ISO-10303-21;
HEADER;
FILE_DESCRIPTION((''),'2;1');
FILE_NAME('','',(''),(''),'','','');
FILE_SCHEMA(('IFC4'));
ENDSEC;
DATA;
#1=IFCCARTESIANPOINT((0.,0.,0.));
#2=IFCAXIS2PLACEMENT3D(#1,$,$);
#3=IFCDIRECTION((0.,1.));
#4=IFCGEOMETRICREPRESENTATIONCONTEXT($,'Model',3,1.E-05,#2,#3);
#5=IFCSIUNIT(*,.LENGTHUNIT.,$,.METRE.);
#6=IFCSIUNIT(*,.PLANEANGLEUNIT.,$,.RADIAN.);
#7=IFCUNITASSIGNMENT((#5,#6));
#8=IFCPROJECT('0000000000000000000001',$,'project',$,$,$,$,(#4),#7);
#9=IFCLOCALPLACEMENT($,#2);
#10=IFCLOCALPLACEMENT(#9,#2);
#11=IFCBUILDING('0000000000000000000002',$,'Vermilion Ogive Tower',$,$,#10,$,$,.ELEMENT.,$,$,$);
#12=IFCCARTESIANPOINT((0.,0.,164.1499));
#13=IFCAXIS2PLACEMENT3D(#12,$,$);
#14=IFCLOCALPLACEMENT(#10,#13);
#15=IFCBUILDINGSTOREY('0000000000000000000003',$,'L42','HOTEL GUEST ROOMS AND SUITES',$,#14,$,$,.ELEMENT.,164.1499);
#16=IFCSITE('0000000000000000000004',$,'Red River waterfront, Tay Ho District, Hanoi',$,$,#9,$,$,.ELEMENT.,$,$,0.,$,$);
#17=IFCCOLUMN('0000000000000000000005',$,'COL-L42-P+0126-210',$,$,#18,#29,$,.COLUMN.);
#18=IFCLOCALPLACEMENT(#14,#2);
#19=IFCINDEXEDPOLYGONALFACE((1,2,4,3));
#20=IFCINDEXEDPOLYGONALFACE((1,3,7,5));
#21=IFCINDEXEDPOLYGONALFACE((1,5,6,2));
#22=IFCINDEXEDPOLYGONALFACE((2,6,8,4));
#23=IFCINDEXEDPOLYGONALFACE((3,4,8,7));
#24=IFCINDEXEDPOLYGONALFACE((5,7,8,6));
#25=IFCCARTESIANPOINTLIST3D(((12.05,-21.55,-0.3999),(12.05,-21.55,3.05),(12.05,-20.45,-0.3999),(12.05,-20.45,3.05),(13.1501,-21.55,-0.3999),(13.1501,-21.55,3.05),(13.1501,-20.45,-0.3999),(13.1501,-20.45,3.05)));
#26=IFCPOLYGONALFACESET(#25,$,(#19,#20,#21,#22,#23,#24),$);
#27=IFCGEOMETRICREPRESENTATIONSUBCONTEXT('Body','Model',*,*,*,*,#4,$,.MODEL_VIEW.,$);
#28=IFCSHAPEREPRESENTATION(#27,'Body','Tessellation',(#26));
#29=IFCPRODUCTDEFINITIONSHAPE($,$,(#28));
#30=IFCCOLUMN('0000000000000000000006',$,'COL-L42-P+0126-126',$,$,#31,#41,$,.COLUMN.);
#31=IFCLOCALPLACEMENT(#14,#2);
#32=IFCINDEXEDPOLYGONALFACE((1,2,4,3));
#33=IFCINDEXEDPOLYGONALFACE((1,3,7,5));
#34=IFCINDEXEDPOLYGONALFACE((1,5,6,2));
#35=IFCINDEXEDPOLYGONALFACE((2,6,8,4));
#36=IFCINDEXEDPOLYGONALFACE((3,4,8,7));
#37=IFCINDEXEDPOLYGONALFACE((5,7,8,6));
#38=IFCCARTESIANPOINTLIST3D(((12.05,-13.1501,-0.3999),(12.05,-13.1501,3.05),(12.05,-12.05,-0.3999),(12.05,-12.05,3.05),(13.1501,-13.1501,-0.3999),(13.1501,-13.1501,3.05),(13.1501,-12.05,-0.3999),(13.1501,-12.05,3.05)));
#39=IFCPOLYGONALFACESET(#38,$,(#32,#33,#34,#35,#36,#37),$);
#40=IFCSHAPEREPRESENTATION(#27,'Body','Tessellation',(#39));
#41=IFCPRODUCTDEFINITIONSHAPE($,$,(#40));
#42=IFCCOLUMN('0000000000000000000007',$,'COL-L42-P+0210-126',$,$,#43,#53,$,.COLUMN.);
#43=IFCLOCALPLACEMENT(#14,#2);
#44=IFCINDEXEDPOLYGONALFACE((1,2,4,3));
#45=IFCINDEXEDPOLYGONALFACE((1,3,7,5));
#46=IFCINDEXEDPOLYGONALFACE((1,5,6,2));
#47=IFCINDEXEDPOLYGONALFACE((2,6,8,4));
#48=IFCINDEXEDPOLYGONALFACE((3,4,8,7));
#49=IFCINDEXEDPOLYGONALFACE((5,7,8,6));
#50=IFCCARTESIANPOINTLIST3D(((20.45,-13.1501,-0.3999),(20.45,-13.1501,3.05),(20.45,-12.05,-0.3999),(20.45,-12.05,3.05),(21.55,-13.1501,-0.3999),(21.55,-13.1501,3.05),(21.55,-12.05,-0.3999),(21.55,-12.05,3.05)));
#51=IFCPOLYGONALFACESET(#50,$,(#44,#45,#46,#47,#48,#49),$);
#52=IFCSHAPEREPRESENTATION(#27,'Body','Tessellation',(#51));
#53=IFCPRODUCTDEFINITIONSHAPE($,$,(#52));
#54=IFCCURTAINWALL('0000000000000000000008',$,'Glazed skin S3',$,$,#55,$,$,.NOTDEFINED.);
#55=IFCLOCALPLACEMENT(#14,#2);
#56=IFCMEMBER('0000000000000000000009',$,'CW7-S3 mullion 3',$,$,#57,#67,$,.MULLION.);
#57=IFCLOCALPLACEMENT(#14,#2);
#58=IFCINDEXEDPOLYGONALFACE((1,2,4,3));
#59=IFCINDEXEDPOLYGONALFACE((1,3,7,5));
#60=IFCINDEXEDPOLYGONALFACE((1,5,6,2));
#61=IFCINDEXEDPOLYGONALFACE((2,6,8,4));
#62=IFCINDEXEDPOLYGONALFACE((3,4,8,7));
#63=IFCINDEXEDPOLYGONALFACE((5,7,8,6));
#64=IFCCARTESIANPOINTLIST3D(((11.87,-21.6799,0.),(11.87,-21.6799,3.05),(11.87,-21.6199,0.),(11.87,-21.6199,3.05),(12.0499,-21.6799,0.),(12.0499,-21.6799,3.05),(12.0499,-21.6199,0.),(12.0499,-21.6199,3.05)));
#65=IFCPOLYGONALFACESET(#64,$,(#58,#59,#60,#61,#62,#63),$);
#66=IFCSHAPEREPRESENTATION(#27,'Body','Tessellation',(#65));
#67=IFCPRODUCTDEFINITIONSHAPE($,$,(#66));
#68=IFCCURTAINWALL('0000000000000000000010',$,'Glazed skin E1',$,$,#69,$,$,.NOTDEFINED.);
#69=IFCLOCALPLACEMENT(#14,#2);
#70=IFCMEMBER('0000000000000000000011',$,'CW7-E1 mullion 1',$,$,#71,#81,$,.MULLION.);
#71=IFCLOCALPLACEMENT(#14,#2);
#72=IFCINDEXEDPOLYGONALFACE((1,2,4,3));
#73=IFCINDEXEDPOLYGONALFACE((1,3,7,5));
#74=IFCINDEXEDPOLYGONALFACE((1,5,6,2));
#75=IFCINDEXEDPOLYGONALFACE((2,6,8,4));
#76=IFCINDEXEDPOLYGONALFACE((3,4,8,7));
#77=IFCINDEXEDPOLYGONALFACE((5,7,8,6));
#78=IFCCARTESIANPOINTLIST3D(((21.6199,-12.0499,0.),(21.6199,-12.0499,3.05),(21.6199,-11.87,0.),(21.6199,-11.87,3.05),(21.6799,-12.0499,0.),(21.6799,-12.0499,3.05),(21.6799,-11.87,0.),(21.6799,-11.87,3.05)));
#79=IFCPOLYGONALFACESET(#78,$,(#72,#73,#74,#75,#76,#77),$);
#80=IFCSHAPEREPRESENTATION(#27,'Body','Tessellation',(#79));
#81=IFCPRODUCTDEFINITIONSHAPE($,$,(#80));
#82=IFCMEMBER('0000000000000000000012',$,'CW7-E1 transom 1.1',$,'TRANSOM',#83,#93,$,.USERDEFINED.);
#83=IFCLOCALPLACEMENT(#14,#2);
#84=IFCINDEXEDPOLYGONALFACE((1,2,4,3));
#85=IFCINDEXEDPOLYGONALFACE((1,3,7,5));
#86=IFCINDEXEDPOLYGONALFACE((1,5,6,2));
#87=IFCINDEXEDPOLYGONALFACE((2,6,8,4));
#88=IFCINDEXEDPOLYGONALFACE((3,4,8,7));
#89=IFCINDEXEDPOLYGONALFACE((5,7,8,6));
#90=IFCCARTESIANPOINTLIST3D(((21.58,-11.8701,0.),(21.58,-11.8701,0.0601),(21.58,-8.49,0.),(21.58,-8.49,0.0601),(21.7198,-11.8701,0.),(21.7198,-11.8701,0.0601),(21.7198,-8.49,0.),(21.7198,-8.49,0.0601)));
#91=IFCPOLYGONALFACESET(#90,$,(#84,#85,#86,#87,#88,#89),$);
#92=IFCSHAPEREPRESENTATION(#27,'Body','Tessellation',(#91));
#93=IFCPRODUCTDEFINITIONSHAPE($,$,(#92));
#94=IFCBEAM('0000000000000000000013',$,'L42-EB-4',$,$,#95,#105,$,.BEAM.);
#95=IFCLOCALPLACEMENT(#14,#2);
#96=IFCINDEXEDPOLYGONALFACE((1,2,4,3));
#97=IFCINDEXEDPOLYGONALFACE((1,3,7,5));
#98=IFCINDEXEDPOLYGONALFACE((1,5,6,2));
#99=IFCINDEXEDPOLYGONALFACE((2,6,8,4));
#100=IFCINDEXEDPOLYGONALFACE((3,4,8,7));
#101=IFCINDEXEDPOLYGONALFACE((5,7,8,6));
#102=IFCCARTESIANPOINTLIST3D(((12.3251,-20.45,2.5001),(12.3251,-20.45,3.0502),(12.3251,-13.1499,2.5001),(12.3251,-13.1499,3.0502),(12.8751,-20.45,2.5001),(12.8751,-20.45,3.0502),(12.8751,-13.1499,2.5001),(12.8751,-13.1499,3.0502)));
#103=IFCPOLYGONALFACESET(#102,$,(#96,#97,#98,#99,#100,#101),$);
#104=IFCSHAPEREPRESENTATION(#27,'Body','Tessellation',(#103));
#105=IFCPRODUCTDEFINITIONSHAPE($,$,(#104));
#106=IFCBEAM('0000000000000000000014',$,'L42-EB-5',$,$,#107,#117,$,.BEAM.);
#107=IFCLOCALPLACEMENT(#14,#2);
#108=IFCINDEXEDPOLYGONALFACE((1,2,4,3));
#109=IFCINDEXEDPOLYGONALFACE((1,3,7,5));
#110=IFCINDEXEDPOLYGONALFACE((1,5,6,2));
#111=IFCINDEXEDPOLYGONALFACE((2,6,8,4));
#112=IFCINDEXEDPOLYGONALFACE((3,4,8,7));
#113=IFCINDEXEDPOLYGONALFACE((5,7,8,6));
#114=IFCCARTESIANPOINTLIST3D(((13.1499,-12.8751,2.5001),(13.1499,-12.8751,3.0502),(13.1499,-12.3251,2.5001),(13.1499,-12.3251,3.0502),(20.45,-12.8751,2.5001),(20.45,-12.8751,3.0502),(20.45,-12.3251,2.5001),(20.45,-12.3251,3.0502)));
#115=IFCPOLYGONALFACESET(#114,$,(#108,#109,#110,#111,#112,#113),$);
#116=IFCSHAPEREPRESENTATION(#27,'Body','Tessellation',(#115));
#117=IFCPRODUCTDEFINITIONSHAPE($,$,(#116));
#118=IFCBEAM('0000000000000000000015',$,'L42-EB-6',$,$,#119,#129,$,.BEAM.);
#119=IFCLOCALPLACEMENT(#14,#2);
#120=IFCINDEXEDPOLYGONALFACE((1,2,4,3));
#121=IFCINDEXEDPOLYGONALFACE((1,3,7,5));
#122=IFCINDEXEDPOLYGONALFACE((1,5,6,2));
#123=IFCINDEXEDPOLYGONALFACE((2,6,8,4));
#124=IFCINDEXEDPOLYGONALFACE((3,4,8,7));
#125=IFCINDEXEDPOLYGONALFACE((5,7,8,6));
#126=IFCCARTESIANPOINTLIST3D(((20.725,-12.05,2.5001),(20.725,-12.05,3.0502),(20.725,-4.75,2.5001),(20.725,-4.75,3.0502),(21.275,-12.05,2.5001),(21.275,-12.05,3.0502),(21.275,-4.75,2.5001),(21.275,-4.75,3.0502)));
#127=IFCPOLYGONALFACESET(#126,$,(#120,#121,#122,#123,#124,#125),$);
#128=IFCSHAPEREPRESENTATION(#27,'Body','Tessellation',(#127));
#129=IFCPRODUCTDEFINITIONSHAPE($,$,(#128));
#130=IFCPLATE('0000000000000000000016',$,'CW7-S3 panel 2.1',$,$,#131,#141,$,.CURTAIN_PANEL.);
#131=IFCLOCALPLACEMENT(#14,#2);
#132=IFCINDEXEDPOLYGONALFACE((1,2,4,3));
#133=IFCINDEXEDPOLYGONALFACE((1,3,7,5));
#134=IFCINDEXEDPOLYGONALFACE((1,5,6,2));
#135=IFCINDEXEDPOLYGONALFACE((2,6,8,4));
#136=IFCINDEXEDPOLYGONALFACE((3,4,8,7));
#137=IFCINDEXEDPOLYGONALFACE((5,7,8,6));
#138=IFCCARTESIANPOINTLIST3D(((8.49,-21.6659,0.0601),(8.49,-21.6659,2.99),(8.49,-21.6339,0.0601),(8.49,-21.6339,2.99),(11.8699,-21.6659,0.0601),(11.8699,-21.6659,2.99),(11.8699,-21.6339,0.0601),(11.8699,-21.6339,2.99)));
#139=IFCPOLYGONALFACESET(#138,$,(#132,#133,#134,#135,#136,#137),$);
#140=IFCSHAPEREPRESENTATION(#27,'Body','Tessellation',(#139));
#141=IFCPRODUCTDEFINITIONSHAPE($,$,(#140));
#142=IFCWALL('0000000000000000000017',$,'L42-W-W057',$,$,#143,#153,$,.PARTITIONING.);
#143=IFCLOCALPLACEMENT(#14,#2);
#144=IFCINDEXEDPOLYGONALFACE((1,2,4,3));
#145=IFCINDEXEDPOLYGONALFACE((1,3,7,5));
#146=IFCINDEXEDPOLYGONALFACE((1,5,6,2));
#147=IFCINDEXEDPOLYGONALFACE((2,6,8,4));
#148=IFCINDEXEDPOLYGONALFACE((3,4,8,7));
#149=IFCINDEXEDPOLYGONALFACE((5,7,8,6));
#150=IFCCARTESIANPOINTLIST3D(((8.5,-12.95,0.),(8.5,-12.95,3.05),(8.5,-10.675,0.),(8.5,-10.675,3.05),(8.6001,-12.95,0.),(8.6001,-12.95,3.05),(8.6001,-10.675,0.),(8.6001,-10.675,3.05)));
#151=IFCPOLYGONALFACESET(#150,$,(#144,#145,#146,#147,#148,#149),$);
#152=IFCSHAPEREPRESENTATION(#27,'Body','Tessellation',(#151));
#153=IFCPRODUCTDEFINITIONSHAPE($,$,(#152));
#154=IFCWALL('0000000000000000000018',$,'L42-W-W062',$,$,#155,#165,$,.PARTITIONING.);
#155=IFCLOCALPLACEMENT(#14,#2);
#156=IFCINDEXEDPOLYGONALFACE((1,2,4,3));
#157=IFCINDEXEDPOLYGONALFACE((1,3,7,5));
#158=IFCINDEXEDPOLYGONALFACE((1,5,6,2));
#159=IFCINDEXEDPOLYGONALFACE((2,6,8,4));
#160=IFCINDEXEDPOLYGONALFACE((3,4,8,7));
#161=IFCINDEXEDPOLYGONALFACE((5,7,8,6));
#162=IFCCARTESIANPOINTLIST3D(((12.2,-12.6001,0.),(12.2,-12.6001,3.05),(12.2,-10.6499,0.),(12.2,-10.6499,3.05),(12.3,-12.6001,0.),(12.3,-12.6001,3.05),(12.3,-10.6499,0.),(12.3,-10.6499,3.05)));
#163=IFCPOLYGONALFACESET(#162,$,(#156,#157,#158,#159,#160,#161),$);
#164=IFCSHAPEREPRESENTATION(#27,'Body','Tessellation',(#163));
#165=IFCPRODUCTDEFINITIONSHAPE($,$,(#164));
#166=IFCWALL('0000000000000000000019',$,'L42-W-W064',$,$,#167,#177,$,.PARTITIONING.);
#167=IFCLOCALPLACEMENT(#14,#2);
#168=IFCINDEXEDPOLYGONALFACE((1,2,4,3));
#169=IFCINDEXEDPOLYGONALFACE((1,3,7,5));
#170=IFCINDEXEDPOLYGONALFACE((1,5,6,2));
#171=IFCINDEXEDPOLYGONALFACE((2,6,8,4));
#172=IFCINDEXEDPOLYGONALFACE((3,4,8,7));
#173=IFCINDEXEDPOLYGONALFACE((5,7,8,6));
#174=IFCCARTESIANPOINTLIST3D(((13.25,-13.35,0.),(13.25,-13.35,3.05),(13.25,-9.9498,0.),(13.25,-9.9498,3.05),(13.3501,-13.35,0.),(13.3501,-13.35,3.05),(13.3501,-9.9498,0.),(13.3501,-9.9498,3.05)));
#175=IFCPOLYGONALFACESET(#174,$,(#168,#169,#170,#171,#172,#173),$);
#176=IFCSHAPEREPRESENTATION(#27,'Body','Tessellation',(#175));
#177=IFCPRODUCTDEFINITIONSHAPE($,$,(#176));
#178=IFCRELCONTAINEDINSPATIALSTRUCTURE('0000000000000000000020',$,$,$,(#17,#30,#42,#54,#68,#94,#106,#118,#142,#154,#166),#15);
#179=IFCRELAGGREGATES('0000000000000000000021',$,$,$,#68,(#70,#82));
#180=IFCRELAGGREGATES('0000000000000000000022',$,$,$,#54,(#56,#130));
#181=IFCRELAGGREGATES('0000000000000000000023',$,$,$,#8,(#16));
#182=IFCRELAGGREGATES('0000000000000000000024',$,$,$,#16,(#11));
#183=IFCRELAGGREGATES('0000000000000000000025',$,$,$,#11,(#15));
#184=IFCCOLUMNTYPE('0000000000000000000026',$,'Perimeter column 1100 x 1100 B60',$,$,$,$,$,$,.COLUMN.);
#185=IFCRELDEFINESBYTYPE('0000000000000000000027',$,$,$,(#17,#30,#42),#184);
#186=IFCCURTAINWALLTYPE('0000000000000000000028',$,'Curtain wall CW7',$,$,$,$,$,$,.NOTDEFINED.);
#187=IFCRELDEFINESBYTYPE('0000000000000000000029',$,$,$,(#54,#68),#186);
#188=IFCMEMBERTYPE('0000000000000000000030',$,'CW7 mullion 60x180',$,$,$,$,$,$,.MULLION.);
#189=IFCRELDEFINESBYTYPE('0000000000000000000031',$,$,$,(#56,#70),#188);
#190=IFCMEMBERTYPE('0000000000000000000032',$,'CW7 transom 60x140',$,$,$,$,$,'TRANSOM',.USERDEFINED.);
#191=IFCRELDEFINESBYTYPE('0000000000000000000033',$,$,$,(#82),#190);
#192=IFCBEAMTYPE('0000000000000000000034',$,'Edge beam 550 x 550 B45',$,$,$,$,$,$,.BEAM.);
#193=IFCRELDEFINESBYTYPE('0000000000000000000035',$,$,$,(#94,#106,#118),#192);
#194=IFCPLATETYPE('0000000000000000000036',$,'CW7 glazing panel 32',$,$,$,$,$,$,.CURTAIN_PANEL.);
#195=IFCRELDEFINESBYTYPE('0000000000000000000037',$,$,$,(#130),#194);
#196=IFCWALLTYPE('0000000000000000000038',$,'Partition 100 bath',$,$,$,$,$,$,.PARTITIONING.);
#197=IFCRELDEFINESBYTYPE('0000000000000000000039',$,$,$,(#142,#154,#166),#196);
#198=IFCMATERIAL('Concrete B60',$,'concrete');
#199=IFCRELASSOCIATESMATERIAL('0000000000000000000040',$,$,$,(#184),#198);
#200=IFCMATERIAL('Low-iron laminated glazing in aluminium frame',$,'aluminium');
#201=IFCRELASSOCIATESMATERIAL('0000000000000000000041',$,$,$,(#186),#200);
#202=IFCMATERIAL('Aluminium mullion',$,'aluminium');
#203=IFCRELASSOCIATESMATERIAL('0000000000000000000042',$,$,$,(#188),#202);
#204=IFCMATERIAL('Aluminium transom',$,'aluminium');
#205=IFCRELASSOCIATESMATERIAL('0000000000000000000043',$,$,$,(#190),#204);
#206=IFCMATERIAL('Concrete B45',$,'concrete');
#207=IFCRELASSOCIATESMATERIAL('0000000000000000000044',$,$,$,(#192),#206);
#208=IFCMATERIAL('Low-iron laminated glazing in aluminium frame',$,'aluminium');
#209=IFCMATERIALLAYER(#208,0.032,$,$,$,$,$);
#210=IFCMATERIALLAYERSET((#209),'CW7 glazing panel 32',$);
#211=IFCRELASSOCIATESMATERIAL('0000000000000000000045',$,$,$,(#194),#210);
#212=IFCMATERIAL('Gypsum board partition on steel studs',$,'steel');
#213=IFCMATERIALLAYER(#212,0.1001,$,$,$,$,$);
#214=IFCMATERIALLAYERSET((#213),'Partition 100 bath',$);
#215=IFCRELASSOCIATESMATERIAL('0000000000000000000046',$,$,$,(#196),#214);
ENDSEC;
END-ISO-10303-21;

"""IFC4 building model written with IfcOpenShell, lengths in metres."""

from ifc_helpers import new_model, si_unit, direction, frame, frame_2d, origin, origin_2d, place, context, subcontext, project, spatial, rectangle, extrude, material, layer, layer_set, material_profile, profile_set, type_object, element, aggregate, save


model = new_model("IFC4")

# Units and contexts
model_context = context("Model", 3, precision=1e-05, world=origin(), true_north=direction((0.0, 1.0)))
body_context = subcontext(model_context, "Body", "Model", "MODEL_VIEW")
ifc_project = project(units=[si_unit("LENGTHUNIT", "METRE"), si_unit("PLANEANGLEUNIT", "RADIAN")], contexts=[model_context])

# Site, building, storey
site_placement = place(None, origin())
site = spatial("IfcSite", under=ifc_project, at=site_placement, Name="Red River waterfront, Tay Ho District, Hanoi", CompositionType="ELEMENT", RefElevation=0.0)
building_placement = place(site_placement, origin())
building = spatial("IfcBuilding", under=site, at=building_placement, Name="Vermilion Ogive Tower", CompositionType="ELEMENT")
storey_placement = place(building_placement, frame((0.0, 0.0, 164.1499)))
storey = spatial("IfcBuildingStorey", under=building, at=storey_placement, Name="L42", Description="HOTEL GUEST ROOMS AND SUITES", CompositionType="ELEMENT", Elevation=164.1499)

# Columns
ifc_material_1 = material(Name="Concrete B60", Category="concrete")
ifc_material_profile_1 = material_profile(ifc_material_1, rectangle(XDim=1.1001, YDim=1.1001, at=origin_2d()), Name="1100 x 1100")
ifc_profile_set_1 = profile_set([ifc_material_profile_1], Name="Concrete B60")
column_type = type_object("IfcColumnType", Name="Perimeter column 1100 x 1100 B60", PredefinedType="COLUMN", material=ifc_profile_set_1)
for number, where, z_axis, x_axis, name in (
    (1, (12.6001, -21.0, -0.3999), (0.0, 0.0, 1.0), (1.0, 0.0, 0.0), "COL-L42-P+0126-210"),
    (2, (12.6001, -12.6001, -0.3999), (0.0, 0.0, 1.0), (1.0, 0.0, 0.0), "COL-L42-P+0126-126"),
    (3, (21.0, -12.6001, -0.3999), (0.0, 0.0, 1.0), (1.0, 0.0, 0.0), "COL-L42-P+0210-126"),
):
    element("IfcColumn", number, at=place(storey_placement, frame(where, z_axis=z_axis, x_axis=x_axis)), inside=storey, type_object=column_type, Name=name, PredefinedType="COLUMN", context=body_context, shape_type="SweptSolid", body=[
        extrude(rectangle(XDim=1.1001, YDim=1.1001, at=origin_2d()), origin(), (0.0, 0.0, 1.0), 3.45),
    ])

# Curtain wall, member
ifc_material_2 = material(Name="Low-iron laminated glazing in aluminium frame", Category="aluminium")
curtain_wall_type = type_object("IfcCurtainWallType", Name="Curtain wall CW7", PredefinedType="NOTDEFINED", material=ifc_material_2)
curtain_wall_1_placement = place(storey_placement, origin())
curtain_wall_1 = element("IfcCurtainWall", 4, at=curtain_wall_1_placement, inside=storey, type_object=curtain_wall_type, Name="Glazed skin S3", PredefinedType="NOTDEFINED")
ifc_material_3 = material(Name="Aluminium mullion", Category="aluminium")
ifc_material_profile_2 = material_profile(ifc_material_3, rectangle(XDim=0.0601, YDim=0.1799, at=origin_2d()), Name="AL 60x180")
ifc_profile_set_2 = profile_set([ifc_material_profile_2], Name="Aluminium mullion")
member_type_1 = type_object("IfcMemberType", Name="CW7 mullion 60x180", PredefinedType="MULLION", material=ifc_profile_set_2)
member_1_placement = place(storey_placement, frame((11.96, -21.6499, 0.0), z_axis=(0.0, 0.0, 1.0), x_axis=(0.0, 1.0, 0.0)))
member_1 = element("IfcMember", 5, at=member_1_placement, type_object=member_type_1, Name="CW7-S3 mullion 3", PredefinedType="MULLION", context=body_context, shape_type="SweptSolid", body=[
    extrude(rectangle(XDim=0.0601, YDim=0.1799, at=origin_2d()), origin(), (0.0, 0.0, 1.0), 3.05),
])

# Curtain wall, members
curtain_wall_2_placement = place(storey_placement, origin())
curtain_wall_2 = element("IfcCurtainWall", 6, at=curtain_wall_2_placement, inside=storey, type_object=curtain_wall_type, Name="Glazed skin E1", PredefinedType="NOTDEFINED")
member_2_placement = place(storey_placement, frame((21.6499, -11.96, 0.0), z_axis=(0.0, 0.0, 1.0), x_axis=(-1.0, 0.0, 0.0)))
member_2 = element("IfcMember", 7, at=member_2_placement, type_object=member_type_1, Name="CW7-E1 mullion 1", PredefinedType="MULLION", context=body_context, shape_type="SweptSolid", body=[
    extrude(rectangle(XDim=0.0601, YDim=0.1799, at=origin_2d()), origin(), (0.0, 0.0, 1.0), 3.05),
])
ifc_material_4 = material(Name="Aluminium transom", Category="aluminium")
ifc_material_profile_3 = material_profile(ifc_material_4, rectangle(XDim=0.1399, YDim=0.0601, at=origin_2d()), Name="AL 60x140")
ifc_profile_set_3 = profile_set([ifc_material_profile_3], Name="Aluminium transom")
member_type_2 = type_object("IfcMemberType", Name="CW7 transom 60x140", ElementType="TRANSOM", PredefinedType="USERDEFINED", material=ifc_profile_set_3)
member_3_placement = place(storey_placement, frame((21.6499, -11.8701, 0.03), z_axis=(0.0, 1.0, 0.0), x_axis=(-1.0, 0.0, 0.0)))
member_3 = element("IfcMember", 8, at=member_3_placement, type_object=member_type_2, Name="CW7-E1 transom 1.1", ObjectType="TRANSOM", PredefinedType="USERDEFINED", context=body_context, shape_type="SweptSolid", body=[
    extrude(rectangle(XDim=0.1399, YDim=0.0601, at=origin_2d()), origin(), (0.0, 0.0, 1.0), 3.3801),
])
aggregate(curtain_wall_2, [member_2, member_3])

# Beams
ifc_material_5 = material(Name="Concrete B45", Category="concrete")
ifc_material_profile_4 = material_profile(ifc_material_5, rectangle(XDim=0.55, YDim=0.55, at=origin_2d()), Name="550 x 550")
ifc_profile_set_4 = profile_set([ifc_material_profile_4], Name="Concrete B45")
beam_type = type_object("IfcBeamType", Name="Edge beam 550 x 550 B45", PredefinedType="BEAM", material=ifc_profile_set_4)
for number, where, z_axis, x_axis, name in (
    (9, (12.6001, -20.45, 2.7751), (0.0, 1.0, 0.0), (-1.0, 0.0, 0.0), "L42-EB-4"),
    (10, (13.1499, -12.6001, 2.7751), (1.0, 0.0, 0.0), (0.0, 1.0, 0.0), "L42-EB-5"),
    (11, (21.0, -12.05, 2.7751), (0.0, 1.0, 0.0), (-1.0, 0.0, 0.0), "L42-EB-6"),
):
    element("IfcBeam", number, at=place(storey_placement, frame(where, z_axis=z_axis, x_axis=x_axis)), inside=storey, type_object=beam_type, Name=name, PredefinedType="BEAM", context=body_context, shape_type="SweptSolid", body=[
        extrude(rectangle(XDim=0.55, YDim=0.55, at=origin_2d()), origin(), (0.0, 0.0, 1.0), 7.3),
    ])

# Plate
ifc_material_6 = material(Name="Low-iron laminated glazing in aluminium frame", Category="aluminium")
ifc_layer_1 = layer(ifc_material_6, 0.032)
ifc_layer_set_1 = layer_set([ifc_layer_1], Name="CW7 glazing panel 32")
plate_type = type_object("IfcPlateType", Name="CW7 glazing panel 32", PredefinedType="CURTAIN_PANEL", material=ifc_layer_set_1)
plate_placement = place(storey_placement, frame((10.1799, -21.6499, 0.0601), z_axis=(0.0, 0.0, 1.0), x_axis=(1.0, 0.0, 0.0)))
plate = element("IfcPlate", 12, at=plate_placement, type_object=plate_type, Name="CW7-S3 panel 2.1", PredefinedType="CURTAIN_PANEL", context=body_context, shape_type="SweptSolid", body=[
    extrude(rectangle(XDim=3.3799, YDim=0.032, at=origin_2d()), origin(), (0.0, 0.0, 1.0), 2.9299),
])
aggregate(curtain_wall_1, [member_1, plate])

# Walls
ifc_material_7 = material(Name="Gypsum board partition on steel studs", Category="steel")
ifc_layer_2 = layer(ifc_material_7, 0.1001)
ifc_layer_set_2 = layer_set([ifc_layer_2], Name="Partition 100 bath")
wall_type_1 = type_object("IfcWallType", Name="Partition 100 bath", PredefinedType="PARTITIONING", material=ifc_layer_set_2)
wall_1_placement = place(storey_placement, frame((8.55, -12.95, 0.0), z_axis=(0.0, 0.0, 1.0), x_axis=(0.0, 1.0, 0.0)))
element("IfcWall", 13, at=wall_1_placement, inside=storey, type_object=wall_type_1, Name="L42-W-W057", PredefinedType="PARTITIONING", context=body_context, shape_type="SweptSolid", body=[
    extrude(rectangle(XDim=2.2749, YDim=0.1001, at=frame_2d((1.1375, 0.0))), origin(), (0.0, 0.0, 1.0), 3.05),
])
wall_2_placement = place(storey_placement, frame((12.25, -12.6001, 0.0), z_axis=(0.0, 0.0, 1.0), x_axis=(0.0, 1.0, 0.0)))
element("IfcWall", 14, at=wall_2_placement, inside=storey, type_object=wall_type_1, Name="L42-W-W062", PredefinedType="PARTITIONING", context=body_context, shape_type="SweptSolid", body=[
    extrude(rectangle(XDim=1.9502, YDim=0.1001, at=frame_2d((0.9751, 0.0))), origin(), (0.0, 0.0, 1.0), 3.05),
])
wall_3_placement = place(storey_placement, frame((13.3, -13.3501, 0.0), z_axis=(0.0, 0.0, 1.0), x_axis=(0.0, 1.0, 0.0)))
element("IfcWall", 15, at=wall_3_placement, inside=storey, type_object=wall_type_1, Name="L42-W-W064", PredefinedType="PARTITIONING", context=body_context, shape_type="SweptSolid", body=[
    extrude(rectangle(XDim=3.4001, YDim=0.1001, at=frame_2d((1.7002, 0.0))), origin(), (0.0, 0.0, 1.0), 3.05),
])

save(model, "model.ifc")
